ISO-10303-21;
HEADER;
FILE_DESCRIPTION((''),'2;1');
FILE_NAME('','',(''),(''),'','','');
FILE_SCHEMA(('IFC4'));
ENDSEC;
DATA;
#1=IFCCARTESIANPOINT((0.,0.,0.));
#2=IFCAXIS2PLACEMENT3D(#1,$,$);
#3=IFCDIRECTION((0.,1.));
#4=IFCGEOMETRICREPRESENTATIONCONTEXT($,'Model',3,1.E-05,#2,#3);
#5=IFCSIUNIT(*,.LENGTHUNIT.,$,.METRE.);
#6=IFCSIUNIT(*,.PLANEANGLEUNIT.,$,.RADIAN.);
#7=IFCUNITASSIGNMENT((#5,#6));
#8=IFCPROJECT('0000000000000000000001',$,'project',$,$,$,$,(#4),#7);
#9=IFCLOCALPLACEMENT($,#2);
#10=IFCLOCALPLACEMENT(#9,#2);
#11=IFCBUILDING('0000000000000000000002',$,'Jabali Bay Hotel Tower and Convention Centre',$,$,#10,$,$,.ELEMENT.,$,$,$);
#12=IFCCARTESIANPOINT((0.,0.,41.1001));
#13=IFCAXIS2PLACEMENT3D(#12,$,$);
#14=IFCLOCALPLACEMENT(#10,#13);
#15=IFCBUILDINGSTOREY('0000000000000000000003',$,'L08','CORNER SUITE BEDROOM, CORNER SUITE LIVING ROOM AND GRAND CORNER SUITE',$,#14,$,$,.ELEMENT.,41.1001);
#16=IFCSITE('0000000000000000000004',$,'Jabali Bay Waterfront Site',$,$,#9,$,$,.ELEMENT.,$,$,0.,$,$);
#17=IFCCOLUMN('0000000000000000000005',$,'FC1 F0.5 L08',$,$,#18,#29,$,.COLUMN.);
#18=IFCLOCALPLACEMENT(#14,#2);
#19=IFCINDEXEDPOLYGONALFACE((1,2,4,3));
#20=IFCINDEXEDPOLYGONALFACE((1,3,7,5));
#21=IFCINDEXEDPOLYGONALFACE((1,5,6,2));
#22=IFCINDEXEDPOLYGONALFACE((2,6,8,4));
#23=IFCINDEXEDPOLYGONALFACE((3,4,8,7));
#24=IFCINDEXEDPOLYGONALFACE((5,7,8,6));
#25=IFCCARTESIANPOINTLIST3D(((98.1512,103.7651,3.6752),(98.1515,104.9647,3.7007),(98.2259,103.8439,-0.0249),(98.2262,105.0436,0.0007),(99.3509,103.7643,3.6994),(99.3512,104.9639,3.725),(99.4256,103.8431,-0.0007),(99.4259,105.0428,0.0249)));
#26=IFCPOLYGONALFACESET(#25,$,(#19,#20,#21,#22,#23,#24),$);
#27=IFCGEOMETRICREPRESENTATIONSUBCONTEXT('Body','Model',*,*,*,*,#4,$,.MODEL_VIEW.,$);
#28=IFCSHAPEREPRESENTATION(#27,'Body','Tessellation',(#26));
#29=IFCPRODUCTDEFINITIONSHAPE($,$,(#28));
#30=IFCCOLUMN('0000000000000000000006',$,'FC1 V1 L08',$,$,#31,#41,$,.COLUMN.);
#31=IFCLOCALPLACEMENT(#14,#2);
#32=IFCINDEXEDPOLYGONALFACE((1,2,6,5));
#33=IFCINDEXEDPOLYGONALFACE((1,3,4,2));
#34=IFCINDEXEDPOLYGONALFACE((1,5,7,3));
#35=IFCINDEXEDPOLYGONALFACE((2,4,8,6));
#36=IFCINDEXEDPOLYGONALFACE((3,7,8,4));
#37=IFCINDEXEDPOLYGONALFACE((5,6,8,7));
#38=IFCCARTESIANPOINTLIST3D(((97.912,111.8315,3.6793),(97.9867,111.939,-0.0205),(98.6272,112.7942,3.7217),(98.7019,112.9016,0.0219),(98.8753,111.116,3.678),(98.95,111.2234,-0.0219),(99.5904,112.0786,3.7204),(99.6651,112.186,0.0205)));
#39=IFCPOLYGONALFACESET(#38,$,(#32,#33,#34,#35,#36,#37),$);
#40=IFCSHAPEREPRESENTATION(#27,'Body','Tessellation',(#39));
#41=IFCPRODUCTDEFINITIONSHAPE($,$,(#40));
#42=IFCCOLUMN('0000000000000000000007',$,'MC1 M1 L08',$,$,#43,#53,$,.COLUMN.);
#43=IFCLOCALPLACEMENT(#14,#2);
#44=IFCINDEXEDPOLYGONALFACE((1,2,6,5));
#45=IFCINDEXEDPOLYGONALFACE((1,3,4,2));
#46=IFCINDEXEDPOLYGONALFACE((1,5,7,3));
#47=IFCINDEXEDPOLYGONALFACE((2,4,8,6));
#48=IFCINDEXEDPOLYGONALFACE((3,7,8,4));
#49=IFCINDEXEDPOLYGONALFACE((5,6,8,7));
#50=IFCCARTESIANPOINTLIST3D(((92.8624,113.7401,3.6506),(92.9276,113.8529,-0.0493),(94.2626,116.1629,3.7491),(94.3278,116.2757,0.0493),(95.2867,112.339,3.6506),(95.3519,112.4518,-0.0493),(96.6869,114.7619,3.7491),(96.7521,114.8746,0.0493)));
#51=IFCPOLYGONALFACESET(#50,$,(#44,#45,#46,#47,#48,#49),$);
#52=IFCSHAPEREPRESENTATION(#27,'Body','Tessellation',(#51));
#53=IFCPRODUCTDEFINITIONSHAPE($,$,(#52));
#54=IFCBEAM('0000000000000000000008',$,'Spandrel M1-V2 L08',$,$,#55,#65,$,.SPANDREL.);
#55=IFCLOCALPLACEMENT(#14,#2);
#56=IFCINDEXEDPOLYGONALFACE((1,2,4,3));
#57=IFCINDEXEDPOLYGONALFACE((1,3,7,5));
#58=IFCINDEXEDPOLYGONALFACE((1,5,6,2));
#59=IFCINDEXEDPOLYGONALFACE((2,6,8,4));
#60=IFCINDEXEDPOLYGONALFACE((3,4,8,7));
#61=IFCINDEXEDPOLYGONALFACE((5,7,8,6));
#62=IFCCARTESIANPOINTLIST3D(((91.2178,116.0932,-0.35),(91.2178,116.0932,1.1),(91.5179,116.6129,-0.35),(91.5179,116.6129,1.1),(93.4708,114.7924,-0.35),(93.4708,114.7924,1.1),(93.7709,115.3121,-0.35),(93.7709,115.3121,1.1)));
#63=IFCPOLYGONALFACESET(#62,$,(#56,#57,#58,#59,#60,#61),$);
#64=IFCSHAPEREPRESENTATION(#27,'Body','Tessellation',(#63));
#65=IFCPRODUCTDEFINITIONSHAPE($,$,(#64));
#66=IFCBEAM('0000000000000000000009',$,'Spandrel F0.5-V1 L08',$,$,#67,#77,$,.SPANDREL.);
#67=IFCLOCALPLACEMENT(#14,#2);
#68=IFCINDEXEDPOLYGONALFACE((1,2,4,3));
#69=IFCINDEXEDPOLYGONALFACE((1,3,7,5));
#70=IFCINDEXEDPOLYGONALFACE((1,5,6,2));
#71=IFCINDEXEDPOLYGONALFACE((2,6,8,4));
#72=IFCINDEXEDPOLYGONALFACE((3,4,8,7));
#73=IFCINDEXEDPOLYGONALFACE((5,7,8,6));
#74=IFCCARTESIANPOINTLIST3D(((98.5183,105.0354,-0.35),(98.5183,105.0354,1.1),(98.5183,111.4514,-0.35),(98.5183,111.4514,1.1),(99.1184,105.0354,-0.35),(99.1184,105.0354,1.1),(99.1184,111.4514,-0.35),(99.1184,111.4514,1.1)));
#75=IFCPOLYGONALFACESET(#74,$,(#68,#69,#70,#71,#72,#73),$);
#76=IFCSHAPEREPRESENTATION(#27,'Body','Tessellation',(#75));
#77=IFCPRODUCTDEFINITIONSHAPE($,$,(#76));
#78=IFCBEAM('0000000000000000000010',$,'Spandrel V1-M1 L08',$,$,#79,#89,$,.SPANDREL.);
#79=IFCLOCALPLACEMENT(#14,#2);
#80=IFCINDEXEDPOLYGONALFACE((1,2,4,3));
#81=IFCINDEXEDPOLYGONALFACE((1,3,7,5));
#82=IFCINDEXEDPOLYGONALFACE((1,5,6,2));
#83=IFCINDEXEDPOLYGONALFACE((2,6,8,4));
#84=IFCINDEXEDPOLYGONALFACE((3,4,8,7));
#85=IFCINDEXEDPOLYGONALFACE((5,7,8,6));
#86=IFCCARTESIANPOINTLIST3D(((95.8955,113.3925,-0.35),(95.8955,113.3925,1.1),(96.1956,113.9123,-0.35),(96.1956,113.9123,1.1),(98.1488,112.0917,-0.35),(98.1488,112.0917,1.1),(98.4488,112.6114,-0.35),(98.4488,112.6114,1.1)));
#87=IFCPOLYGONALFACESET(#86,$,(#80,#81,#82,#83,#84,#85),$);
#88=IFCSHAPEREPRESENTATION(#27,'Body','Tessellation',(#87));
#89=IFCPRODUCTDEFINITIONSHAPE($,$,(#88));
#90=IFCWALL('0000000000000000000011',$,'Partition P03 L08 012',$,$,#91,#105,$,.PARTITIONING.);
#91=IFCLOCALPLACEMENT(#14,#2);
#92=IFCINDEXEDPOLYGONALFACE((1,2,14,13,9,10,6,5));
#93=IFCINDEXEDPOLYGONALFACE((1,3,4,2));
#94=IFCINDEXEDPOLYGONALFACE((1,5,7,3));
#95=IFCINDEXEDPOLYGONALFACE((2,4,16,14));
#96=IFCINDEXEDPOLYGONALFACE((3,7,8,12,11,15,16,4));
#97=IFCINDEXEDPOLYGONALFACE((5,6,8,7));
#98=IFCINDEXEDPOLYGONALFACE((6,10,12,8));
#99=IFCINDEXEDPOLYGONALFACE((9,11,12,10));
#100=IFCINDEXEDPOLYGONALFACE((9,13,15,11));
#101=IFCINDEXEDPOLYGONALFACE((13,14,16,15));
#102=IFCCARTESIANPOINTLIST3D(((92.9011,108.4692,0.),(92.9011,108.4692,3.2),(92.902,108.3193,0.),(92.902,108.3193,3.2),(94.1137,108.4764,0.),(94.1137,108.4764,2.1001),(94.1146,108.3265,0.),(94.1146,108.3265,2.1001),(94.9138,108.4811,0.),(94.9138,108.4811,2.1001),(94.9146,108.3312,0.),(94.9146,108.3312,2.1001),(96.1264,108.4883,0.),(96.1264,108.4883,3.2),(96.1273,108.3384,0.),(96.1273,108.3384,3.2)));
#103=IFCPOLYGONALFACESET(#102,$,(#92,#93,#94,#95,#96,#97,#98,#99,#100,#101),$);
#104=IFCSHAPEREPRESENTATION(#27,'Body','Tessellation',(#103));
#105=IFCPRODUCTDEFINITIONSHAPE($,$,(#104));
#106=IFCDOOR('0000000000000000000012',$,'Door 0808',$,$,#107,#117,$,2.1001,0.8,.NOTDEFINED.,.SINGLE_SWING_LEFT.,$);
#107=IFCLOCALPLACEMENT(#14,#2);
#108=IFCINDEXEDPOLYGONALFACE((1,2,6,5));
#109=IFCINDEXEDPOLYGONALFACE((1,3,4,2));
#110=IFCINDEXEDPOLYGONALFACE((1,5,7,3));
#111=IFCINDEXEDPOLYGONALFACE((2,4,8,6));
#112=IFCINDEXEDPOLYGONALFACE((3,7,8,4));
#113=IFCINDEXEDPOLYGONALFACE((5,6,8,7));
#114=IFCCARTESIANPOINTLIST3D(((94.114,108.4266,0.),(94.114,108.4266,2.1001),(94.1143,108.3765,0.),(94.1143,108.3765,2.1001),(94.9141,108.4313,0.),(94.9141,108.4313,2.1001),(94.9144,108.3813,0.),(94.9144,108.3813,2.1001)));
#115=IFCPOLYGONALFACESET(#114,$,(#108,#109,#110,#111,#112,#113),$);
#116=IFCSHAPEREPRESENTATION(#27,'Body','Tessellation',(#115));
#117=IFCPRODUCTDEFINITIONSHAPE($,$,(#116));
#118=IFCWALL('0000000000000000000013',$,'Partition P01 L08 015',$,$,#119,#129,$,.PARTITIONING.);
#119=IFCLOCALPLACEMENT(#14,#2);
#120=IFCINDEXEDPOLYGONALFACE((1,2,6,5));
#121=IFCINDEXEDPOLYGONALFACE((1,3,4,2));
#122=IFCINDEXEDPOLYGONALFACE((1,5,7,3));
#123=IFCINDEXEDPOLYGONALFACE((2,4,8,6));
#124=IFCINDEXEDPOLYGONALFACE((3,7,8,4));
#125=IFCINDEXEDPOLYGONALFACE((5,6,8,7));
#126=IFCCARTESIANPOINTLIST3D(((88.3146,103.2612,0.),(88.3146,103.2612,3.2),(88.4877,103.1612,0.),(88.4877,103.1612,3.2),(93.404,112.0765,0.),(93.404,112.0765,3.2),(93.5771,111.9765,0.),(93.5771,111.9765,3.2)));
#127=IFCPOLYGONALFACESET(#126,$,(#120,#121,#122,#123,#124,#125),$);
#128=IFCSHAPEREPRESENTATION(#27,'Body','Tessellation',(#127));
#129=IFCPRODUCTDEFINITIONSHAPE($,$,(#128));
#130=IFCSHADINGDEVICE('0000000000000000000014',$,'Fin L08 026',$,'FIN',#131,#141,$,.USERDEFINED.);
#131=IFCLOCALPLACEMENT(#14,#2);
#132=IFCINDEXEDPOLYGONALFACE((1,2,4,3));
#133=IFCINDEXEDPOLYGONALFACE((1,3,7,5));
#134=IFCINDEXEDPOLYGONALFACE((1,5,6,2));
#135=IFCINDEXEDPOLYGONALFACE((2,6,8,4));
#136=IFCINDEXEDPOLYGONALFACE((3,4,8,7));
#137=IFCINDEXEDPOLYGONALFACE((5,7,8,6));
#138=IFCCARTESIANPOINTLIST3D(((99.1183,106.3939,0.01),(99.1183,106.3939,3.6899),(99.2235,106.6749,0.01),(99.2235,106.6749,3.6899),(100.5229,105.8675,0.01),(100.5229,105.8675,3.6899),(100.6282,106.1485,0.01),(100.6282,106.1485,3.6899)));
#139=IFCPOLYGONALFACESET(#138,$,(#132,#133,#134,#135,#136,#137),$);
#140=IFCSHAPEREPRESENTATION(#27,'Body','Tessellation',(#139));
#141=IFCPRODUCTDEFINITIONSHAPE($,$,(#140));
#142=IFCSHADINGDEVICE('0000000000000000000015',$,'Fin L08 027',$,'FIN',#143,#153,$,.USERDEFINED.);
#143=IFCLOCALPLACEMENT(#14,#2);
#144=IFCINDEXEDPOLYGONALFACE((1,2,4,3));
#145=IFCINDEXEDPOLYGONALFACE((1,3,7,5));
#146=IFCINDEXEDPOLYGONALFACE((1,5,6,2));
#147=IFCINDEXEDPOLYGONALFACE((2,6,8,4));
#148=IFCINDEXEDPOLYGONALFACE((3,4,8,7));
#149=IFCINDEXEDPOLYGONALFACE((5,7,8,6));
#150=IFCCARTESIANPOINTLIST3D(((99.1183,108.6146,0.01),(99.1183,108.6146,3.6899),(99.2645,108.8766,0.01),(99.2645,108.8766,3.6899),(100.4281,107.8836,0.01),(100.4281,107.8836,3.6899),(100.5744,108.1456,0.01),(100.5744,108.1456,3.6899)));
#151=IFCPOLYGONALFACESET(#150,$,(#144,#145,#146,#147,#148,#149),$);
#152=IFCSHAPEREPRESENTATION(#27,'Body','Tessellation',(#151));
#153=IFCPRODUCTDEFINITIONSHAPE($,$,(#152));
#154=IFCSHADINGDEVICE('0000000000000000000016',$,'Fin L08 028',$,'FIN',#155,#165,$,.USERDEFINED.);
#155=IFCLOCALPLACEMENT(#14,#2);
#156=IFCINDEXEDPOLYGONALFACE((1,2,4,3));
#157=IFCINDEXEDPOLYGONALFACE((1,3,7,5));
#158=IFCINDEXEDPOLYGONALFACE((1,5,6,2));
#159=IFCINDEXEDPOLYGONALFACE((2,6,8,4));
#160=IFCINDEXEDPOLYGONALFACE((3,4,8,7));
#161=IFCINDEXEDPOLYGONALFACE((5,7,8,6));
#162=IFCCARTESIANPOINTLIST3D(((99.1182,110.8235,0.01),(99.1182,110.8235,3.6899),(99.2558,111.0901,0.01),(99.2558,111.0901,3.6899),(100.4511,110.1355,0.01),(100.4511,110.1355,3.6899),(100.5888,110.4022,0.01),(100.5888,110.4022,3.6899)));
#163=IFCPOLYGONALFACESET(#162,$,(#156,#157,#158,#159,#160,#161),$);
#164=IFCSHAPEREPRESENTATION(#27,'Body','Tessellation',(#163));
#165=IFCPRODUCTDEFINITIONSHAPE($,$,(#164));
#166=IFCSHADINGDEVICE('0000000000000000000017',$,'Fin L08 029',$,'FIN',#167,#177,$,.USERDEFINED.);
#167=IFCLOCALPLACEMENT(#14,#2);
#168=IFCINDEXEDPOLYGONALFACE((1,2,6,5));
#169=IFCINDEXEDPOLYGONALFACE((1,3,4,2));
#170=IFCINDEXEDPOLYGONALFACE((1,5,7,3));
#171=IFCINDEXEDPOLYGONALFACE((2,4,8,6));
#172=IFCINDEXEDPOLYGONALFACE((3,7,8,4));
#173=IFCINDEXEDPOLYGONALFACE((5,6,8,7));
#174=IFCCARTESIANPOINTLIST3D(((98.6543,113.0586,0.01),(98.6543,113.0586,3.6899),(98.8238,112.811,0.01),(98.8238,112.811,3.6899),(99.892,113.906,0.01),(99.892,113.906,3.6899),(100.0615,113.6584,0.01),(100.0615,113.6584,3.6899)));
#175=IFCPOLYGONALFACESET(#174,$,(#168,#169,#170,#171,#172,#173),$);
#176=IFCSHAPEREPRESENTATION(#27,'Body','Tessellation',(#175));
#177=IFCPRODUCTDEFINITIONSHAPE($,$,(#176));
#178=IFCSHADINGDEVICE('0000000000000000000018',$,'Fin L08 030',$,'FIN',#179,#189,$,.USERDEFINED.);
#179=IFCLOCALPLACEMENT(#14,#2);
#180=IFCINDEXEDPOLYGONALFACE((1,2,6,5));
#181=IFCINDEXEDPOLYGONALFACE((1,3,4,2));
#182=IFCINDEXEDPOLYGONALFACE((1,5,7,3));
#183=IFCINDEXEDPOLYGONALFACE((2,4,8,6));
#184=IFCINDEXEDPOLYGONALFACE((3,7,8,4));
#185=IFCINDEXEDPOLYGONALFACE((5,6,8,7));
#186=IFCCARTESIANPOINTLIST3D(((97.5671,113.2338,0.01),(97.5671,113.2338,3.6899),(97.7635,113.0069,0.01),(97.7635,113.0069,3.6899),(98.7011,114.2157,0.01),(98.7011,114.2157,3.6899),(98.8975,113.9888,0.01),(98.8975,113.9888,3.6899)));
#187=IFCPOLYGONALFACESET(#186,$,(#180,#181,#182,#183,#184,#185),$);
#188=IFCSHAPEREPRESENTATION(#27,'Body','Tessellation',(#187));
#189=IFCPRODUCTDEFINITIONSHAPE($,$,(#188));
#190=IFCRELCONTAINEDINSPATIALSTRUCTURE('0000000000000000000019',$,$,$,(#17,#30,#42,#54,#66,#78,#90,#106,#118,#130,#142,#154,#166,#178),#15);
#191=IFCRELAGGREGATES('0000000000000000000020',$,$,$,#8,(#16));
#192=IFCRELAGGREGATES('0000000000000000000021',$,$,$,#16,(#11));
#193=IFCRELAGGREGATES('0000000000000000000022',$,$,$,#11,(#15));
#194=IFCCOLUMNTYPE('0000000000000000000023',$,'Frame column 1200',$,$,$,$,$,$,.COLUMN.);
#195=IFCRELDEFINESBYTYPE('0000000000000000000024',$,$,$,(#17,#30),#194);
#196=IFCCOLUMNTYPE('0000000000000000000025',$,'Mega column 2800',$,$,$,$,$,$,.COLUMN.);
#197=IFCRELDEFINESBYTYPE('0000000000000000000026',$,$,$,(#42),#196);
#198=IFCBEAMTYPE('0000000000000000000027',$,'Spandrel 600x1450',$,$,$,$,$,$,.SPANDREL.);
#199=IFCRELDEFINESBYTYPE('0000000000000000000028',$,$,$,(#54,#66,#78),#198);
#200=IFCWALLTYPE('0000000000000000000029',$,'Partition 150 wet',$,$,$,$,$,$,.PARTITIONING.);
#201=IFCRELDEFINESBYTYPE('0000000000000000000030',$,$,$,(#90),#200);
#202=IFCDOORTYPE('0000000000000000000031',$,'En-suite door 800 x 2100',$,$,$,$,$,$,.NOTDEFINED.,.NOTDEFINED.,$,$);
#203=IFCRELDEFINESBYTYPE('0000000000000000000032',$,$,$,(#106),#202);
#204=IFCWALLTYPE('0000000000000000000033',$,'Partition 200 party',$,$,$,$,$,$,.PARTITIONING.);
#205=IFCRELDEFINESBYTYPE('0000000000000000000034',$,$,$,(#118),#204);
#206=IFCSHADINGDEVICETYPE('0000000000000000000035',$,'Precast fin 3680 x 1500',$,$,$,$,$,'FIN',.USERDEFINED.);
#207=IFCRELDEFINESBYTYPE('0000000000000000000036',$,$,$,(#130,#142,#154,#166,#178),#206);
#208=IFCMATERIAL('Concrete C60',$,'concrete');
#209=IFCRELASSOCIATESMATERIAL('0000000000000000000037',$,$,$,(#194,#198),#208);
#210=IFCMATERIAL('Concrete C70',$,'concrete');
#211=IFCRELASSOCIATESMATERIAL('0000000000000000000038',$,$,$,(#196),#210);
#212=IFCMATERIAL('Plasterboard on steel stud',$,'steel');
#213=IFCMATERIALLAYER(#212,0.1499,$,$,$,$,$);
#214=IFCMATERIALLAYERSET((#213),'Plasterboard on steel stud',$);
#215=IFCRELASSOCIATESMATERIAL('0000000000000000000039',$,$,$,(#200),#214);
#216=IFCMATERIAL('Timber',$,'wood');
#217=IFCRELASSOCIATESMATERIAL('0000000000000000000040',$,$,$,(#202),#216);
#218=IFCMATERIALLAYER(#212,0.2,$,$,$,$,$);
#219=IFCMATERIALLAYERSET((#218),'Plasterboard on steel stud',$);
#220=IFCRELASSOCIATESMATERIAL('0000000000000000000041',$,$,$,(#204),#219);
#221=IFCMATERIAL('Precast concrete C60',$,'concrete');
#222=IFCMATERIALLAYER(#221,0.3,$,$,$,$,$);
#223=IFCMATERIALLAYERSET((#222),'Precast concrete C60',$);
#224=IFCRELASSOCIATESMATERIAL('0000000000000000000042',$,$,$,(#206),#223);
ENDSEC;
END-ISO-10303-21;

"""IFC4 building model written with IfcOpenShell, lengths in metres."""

from ifc_helpers import new_model, si_unit, direction, frame, frame_2d, origin, origin_2d, place, context, subcontext, project, spatial, rectangle, extrude, material, layer, layer_set, material_profile, profile_set, type_object, element, fill, save


model = new_model("IFC4")

# Units and contexts
model_context = context("Model", 3, precision=1e-05, world=origin(), true_north=direction((0.0, 1.0)))
body_context = subcontext(model_context, "Body", "Model", "MODEL_VIEW")
ifc_project = project(units=[si_unit("LENGTHUNIT", "METRE"), si_unit("PLANEANGLEUNIT", "RADIAN")], contexts=[model_context])

# Site, building, storey
site_placement = place(None, origin())
site = spatial("IfcSite", under=ifc_project, at=site_placement, Name="Jabali Bay Waterfront Site", CompositionType="ELEMENT", RefElevation=0.0)
building_placement = place(site_placement, origin())
building = spatial("IfcBuilding", under=site, at=building_placement, Name="Jabali Bay Hotel Tower and Convention Centre", CompositionType="ELEMENT")
storey_placement = place(building_placement, frame((0.0, 0.0, 41.1001)))
storey = spatial("IfcBuildingStorey", under=building, at=storey_placement, Name="L08", Description="CORNER SUITE BEDROOM, CORNER SUITE LIVING ROOM AND GRAND CORNER SUITE", CompositionType="ELEMENT", Elevation=41.1001)

# Columns
ifc_material_1 = material(Name="Concrete C60", Category="concrete")
ifc_material_profile_1 = material_profile(ifc_material_1, rectangle(XDim=1.2, YDim=1.2, at=origin_2d()), Name="Frame column 1200")
ifc_profile_set_1 = profile_set([ifc_material_profile_1], Name="Concrete C60")
column_type_1 = type_object("IfcColumnType", Name="Frame column 1200", PredefinedType="COLUMN", material=ifc_profile_set_1)
column_1_placement = place(storey_placement, frame((98.8259, 104.4434, 0.0), z_axis=(-0.020183, -0.021304, 0.999569), x_axis=(0.999796, -0.000658, 0.020173)))
element("IfcColumn", 1, at=column_1_placement, inside=storey, type_object=column_type_1, Name="FC1 F0.5 L08", PredefinedType="COLUMN", context=body_context, shape_type="SweptSolid", body=[
    extrude(rectangle(XDim=1.2, YDim=1.2, at=origin_2d()), origin(), (0.0, 0.0, 1.0), 3.7017),
])
column_2_placement = place(storey_placement, frame((98.8259, 112.0625, 0.0), z_axis=(-0.020179, -0.029015, 0.999375), x_axis=(0.595971, 0.802229, 0.035325)))
element("IfcColumn", 2, at=column_2_placement, inside=storey, type_object=column_type_1, Name="FC1 V1 L08", PredefinedType="COLUMN", context=body_context, shape_type="SweptSolid", body=[
    extrude(rectangle(XDim=1.2, YDim=1.2, at=origin_2d()), origin(), (0.0, 0.0, 1.0), 3.7021),
])
ifc_material_2 = material(Name="Concrete C70", Category="concrete")
ifc_material_profile_2 = material_profile(ifc_material_2, rectangle(XDim=2.8, YDim=2.8, at=origin_2d()), Name="Mega column 2800")
ifc_profile_set_2 = profile_set([ifc_material_profile_2], Name="Concrete C70")
column_type_2 = type_object("IfcColumnType", Name="Mega column 2800", PredefinedType="COLUMN", material=ifc_profile_set_2)
column_3_placement = place(storey_placement, frame((94.8398, 114.3638, 0.0), z_axis=(-0.017607, -0.030466, 0.999381), x_axis=(0.865811, -0.500371, 0.0)))
element("IfcColumn", 3, at=column_3_placement, inside=storey, type_object=column_type_2, Name="MC1 M1 L08", PredefinedType="COLUMN", context=body_context, shape_type="SweptSolid", body=[
    extrude(rectangle(XDim=2.8, YDim=2.8, at=origin_2d()), origin(), (0.0, 0.0, 1.0), 3.7021),
])

# Beams
ifc_material_profile_3 = material_profile(ifc_material_1, rectangle(XDim=0.6001, YDim=1.45, at=origin_2d()), Name="Spandrel 600x1450")
ifc_profile_set_3 = profile_set([ifc_material_profile_3], Name="Concrete C60")
beam_type = type_object("IfcBeamType", Name="Spandrel 600x1450", PredefinedType="SPANDREL", material=ifc_profile_set_3)
beam_1_placement = place(storey_placement, frame((93.6208, 115.0522, 0.375), z_axis=(-0.866017, 0.500015, 0.0), x_axis=(-0.500015, -0.866017, 0.0)))
element("IfcBeam", 4, at=beam_1_placement, inside=storey, type_object=beam_type, Name="Spandrel M1-V2 L08", PredefinedType="SPANDREL", context=body_context, shape_type="SweptSolid", body=[
    extrude(rectangle(XDim=0.6001, YDim=1.45, at=origin_2d()), origin(), (0.0, 0.0, 1.0), 2.6016),
])
beam_2_placement = place(storey_placement, frame((98.8184, 105.0354, 0.375), z_axis=(0.0, 1.0, 0.0), x_axis=(-1.0, 0.0, 0.0)))
element("IfcBeam", 5, at=beam_2_placement, inside=storey, type_object=beam_type, Name="Spandrel F0.5-V1 L08", PredefinedType="SPANDREL", context=body_context, shape_type="SweptSolid", body=[
    extrude(rectangle(XDim=0.6001, YDim=1.45, at=origin_2d()), origin(), (0.0, 0.0, 1.0), 6.416),
])
beam_3_placement = place(storey_placement, frame((98.2988, 112.3516, 0.375), z_axis=(-0.86604, 0.499974, 0.0), x_axis=(-0.499974, -0.86604, 0.0)))
element("IfcBeam", 6, at=beam_3_placement, inside=storey, type_object=beam_type, Name="Spandrel V1-M1 L08", PredefinedType="SPANDREL", context=body_context, shape_type="SweptSolid", body=[
    extrude(rectangle(XDim=0.6001, YDim=1.45, at=origin_2d()), origin(), (0.0, 0.0, 1.0), 2.6018),
])

# Wall, opening, door
ifc_material_3 = material(Name="Plasterboard on steel stud", Category="steel")
ifc_layer_1 = layer(ifc_material_3, 0.1499)
ifc_layer_set_1 = layer_set([ifc_layer_1], Name="Plasterboard on steel stud")
wall_type_1 = type_object("IfcWallType", Name="Partition 150 wet", PredefinedType="PARTITIONING", material=ifc_layer_set_1)
wall_1_placement = place(storey_placement, frame((96.127, 108.4133, 0.0), z_axis=(0.0, 0.0, 1.0), x_axis=(-0.999983, -0.005904, 0.0)))
wall_1 = element("IfcWall", 7, at=wall_1_placement, inside=storey, type_object=wall_type_1, Name="Partition P03 L08 012", PredefinedType="PARTITIONING", context=body_context, shape_type="SweptSolid", body=[
    extrude(rectangle(XDim=3.2253, YDim=0.1499, at=frame_2d((1.6128, 0.0))), origin(), (0.0, 0.0, 1.0), 3.2),
])
opening_1_placement = place(wall_1_placement, frame((1.2129, 0.0, 0.0)))
opening_1 = element("IfcOpeningElement", 8, at=opening_1_placement, cuts=wall_1, PredefinedType="OPENING", context=body_context, shape_type="SweptSolid", body=[
    extrude(rectangle(XDim=0.8, YDim=2.1001, at=frame_2d((0.3999, 1.05))), frame((0.0, 0.0854, 0.0), z_axis=(0.0, -1.0, 0.0), x_axis=(1.0, 0.0, 0.0)), (0.0, 0.0, 1.0), 0.1709),
])
ifc_material_4 = material(Name="Timber", Category="wood")
door_type_1 = type_object("IfcDoorType", Name="En-suite door 800 x 2100", OperationType="NOTDEFINED", PredefinedType="NOTDEFINED", material=ifc_material_4)
door_1_placement = place(opening_1_placement, origin())
door_1 = element("IfcDoor", 9, at=door_1_placement, inside=storey, type_object=door_type_1, Name="Door 0808", OperationType="SINGLE_SWING_LEFT", OverallHeight=2.1001, OverallWidth=0.8, PredefinedType="NOTDEFINED", context=body_context, shape_type="SweptSolid", body=[
    extrude(rectangle(XDim=0.8, YDim=2.1001, at=frame_2d((0.3999, 1.05))), frame((0.0, 0.0249, 0.0), z_axis=(0.0, -1.0, 0.0), x_axis=(1.0, 0.0, 0.0)), (0.0, 0.0, 1.0), 0.05),
])
fill(opening_1, door_1)

# Wall
ifc_layer_2 = layer(ifc_material_3, 0.2)
ifc_layer_set_2 = layer_set([ifc_layer_2], Name="Plasterboard on steel stud")
wall_type_2 = type_object("IfcWallType", Name="Partition 200 party", PredefinedType="PARTITIONING", material=ifc_layer_set_2)
wall_2_placement = place(storey_placement, frame((93.4905, 112.0264, 0.0), z_axis=(0.0, 0.0, 1.0), x_axis=(-0.499993, -0.866029, 0.0)))
element("IfcWall", 10, at=wall_2_placement, inside=storey, type_object=wall_type_2, Name="Partition P01 L08 015", PredefinedType="PARTITIONING", context=body_context, shape_type="SweptSolid", body=[
    extrude(rectangle(XDim=10.179, YDim=0.2, at=frame_2d((5.0894, 0.0))), origin(), (0.0, 0.0, 1.0), 3.2),
])

# Shading devices
ifc_material_5 = material(Name="Precast concrete C60", Category="concrete")
ifc_layer_3 = layer(ifc_material_5, 0.3)
ifc_layer_set_3 = layer_set([ifc_layer_3], Name="Precast concrete C60")
shading_device_type = type_object("IfcShadingDeviceType", Name="Precast fin 3680 x 1500", ElementType="FIN", PredefinedType="USERDEFINED", material=ifc_layer_set_3)
for number, where, z_axis, x_axis, name in (
    (11, (99.1709, 106.5344, 0.01), (0.0, 0.0, 1.0), (0.936403, -0.350927, 0.0), "Fin L08 026"),
    (12, (99.1914, 108.7456, 0.01), (0.0, 0.0, 1.0), (0.873227, -0.487314, 0.0), "Fin L08 027"),
    (13, (99.187, 110.9568, 0.01), (0.0, 0.0, 1.0), (0.888625, -0.458635, 0.0), "Fin L08 028"),
    (14, (98.739, 112.9348, 0.01), (0.0, 0.0, 1.0), (0.825152, 0.564911, 0.0), "Fin L08 029"),
    (15, (97.6653, 113.1204, 0.01), (0.0, 0.0, 1.0), (0.755984, 0.65459, 0.0), "Fin L08 030"),
):
    element("IfcShadingDevice", number, at=place(storey_placement, frame(where, z_axis=z_axis, x_axis=x_axis)), inside=storey, type_object=shading_device_type, Name=name, ObjectType="FIN", PredefinedType="USERDEFINED", context=body_context, shape_type="SweptSolid", body=[
        extrude(rectangle(XDim=1.5, YDim=0.3, at=frame_2d((0.75, 0.0))), origin(), (0.0, 0.0, 1.0), 3.6799),
    ])

save(model, "model.ifc")
